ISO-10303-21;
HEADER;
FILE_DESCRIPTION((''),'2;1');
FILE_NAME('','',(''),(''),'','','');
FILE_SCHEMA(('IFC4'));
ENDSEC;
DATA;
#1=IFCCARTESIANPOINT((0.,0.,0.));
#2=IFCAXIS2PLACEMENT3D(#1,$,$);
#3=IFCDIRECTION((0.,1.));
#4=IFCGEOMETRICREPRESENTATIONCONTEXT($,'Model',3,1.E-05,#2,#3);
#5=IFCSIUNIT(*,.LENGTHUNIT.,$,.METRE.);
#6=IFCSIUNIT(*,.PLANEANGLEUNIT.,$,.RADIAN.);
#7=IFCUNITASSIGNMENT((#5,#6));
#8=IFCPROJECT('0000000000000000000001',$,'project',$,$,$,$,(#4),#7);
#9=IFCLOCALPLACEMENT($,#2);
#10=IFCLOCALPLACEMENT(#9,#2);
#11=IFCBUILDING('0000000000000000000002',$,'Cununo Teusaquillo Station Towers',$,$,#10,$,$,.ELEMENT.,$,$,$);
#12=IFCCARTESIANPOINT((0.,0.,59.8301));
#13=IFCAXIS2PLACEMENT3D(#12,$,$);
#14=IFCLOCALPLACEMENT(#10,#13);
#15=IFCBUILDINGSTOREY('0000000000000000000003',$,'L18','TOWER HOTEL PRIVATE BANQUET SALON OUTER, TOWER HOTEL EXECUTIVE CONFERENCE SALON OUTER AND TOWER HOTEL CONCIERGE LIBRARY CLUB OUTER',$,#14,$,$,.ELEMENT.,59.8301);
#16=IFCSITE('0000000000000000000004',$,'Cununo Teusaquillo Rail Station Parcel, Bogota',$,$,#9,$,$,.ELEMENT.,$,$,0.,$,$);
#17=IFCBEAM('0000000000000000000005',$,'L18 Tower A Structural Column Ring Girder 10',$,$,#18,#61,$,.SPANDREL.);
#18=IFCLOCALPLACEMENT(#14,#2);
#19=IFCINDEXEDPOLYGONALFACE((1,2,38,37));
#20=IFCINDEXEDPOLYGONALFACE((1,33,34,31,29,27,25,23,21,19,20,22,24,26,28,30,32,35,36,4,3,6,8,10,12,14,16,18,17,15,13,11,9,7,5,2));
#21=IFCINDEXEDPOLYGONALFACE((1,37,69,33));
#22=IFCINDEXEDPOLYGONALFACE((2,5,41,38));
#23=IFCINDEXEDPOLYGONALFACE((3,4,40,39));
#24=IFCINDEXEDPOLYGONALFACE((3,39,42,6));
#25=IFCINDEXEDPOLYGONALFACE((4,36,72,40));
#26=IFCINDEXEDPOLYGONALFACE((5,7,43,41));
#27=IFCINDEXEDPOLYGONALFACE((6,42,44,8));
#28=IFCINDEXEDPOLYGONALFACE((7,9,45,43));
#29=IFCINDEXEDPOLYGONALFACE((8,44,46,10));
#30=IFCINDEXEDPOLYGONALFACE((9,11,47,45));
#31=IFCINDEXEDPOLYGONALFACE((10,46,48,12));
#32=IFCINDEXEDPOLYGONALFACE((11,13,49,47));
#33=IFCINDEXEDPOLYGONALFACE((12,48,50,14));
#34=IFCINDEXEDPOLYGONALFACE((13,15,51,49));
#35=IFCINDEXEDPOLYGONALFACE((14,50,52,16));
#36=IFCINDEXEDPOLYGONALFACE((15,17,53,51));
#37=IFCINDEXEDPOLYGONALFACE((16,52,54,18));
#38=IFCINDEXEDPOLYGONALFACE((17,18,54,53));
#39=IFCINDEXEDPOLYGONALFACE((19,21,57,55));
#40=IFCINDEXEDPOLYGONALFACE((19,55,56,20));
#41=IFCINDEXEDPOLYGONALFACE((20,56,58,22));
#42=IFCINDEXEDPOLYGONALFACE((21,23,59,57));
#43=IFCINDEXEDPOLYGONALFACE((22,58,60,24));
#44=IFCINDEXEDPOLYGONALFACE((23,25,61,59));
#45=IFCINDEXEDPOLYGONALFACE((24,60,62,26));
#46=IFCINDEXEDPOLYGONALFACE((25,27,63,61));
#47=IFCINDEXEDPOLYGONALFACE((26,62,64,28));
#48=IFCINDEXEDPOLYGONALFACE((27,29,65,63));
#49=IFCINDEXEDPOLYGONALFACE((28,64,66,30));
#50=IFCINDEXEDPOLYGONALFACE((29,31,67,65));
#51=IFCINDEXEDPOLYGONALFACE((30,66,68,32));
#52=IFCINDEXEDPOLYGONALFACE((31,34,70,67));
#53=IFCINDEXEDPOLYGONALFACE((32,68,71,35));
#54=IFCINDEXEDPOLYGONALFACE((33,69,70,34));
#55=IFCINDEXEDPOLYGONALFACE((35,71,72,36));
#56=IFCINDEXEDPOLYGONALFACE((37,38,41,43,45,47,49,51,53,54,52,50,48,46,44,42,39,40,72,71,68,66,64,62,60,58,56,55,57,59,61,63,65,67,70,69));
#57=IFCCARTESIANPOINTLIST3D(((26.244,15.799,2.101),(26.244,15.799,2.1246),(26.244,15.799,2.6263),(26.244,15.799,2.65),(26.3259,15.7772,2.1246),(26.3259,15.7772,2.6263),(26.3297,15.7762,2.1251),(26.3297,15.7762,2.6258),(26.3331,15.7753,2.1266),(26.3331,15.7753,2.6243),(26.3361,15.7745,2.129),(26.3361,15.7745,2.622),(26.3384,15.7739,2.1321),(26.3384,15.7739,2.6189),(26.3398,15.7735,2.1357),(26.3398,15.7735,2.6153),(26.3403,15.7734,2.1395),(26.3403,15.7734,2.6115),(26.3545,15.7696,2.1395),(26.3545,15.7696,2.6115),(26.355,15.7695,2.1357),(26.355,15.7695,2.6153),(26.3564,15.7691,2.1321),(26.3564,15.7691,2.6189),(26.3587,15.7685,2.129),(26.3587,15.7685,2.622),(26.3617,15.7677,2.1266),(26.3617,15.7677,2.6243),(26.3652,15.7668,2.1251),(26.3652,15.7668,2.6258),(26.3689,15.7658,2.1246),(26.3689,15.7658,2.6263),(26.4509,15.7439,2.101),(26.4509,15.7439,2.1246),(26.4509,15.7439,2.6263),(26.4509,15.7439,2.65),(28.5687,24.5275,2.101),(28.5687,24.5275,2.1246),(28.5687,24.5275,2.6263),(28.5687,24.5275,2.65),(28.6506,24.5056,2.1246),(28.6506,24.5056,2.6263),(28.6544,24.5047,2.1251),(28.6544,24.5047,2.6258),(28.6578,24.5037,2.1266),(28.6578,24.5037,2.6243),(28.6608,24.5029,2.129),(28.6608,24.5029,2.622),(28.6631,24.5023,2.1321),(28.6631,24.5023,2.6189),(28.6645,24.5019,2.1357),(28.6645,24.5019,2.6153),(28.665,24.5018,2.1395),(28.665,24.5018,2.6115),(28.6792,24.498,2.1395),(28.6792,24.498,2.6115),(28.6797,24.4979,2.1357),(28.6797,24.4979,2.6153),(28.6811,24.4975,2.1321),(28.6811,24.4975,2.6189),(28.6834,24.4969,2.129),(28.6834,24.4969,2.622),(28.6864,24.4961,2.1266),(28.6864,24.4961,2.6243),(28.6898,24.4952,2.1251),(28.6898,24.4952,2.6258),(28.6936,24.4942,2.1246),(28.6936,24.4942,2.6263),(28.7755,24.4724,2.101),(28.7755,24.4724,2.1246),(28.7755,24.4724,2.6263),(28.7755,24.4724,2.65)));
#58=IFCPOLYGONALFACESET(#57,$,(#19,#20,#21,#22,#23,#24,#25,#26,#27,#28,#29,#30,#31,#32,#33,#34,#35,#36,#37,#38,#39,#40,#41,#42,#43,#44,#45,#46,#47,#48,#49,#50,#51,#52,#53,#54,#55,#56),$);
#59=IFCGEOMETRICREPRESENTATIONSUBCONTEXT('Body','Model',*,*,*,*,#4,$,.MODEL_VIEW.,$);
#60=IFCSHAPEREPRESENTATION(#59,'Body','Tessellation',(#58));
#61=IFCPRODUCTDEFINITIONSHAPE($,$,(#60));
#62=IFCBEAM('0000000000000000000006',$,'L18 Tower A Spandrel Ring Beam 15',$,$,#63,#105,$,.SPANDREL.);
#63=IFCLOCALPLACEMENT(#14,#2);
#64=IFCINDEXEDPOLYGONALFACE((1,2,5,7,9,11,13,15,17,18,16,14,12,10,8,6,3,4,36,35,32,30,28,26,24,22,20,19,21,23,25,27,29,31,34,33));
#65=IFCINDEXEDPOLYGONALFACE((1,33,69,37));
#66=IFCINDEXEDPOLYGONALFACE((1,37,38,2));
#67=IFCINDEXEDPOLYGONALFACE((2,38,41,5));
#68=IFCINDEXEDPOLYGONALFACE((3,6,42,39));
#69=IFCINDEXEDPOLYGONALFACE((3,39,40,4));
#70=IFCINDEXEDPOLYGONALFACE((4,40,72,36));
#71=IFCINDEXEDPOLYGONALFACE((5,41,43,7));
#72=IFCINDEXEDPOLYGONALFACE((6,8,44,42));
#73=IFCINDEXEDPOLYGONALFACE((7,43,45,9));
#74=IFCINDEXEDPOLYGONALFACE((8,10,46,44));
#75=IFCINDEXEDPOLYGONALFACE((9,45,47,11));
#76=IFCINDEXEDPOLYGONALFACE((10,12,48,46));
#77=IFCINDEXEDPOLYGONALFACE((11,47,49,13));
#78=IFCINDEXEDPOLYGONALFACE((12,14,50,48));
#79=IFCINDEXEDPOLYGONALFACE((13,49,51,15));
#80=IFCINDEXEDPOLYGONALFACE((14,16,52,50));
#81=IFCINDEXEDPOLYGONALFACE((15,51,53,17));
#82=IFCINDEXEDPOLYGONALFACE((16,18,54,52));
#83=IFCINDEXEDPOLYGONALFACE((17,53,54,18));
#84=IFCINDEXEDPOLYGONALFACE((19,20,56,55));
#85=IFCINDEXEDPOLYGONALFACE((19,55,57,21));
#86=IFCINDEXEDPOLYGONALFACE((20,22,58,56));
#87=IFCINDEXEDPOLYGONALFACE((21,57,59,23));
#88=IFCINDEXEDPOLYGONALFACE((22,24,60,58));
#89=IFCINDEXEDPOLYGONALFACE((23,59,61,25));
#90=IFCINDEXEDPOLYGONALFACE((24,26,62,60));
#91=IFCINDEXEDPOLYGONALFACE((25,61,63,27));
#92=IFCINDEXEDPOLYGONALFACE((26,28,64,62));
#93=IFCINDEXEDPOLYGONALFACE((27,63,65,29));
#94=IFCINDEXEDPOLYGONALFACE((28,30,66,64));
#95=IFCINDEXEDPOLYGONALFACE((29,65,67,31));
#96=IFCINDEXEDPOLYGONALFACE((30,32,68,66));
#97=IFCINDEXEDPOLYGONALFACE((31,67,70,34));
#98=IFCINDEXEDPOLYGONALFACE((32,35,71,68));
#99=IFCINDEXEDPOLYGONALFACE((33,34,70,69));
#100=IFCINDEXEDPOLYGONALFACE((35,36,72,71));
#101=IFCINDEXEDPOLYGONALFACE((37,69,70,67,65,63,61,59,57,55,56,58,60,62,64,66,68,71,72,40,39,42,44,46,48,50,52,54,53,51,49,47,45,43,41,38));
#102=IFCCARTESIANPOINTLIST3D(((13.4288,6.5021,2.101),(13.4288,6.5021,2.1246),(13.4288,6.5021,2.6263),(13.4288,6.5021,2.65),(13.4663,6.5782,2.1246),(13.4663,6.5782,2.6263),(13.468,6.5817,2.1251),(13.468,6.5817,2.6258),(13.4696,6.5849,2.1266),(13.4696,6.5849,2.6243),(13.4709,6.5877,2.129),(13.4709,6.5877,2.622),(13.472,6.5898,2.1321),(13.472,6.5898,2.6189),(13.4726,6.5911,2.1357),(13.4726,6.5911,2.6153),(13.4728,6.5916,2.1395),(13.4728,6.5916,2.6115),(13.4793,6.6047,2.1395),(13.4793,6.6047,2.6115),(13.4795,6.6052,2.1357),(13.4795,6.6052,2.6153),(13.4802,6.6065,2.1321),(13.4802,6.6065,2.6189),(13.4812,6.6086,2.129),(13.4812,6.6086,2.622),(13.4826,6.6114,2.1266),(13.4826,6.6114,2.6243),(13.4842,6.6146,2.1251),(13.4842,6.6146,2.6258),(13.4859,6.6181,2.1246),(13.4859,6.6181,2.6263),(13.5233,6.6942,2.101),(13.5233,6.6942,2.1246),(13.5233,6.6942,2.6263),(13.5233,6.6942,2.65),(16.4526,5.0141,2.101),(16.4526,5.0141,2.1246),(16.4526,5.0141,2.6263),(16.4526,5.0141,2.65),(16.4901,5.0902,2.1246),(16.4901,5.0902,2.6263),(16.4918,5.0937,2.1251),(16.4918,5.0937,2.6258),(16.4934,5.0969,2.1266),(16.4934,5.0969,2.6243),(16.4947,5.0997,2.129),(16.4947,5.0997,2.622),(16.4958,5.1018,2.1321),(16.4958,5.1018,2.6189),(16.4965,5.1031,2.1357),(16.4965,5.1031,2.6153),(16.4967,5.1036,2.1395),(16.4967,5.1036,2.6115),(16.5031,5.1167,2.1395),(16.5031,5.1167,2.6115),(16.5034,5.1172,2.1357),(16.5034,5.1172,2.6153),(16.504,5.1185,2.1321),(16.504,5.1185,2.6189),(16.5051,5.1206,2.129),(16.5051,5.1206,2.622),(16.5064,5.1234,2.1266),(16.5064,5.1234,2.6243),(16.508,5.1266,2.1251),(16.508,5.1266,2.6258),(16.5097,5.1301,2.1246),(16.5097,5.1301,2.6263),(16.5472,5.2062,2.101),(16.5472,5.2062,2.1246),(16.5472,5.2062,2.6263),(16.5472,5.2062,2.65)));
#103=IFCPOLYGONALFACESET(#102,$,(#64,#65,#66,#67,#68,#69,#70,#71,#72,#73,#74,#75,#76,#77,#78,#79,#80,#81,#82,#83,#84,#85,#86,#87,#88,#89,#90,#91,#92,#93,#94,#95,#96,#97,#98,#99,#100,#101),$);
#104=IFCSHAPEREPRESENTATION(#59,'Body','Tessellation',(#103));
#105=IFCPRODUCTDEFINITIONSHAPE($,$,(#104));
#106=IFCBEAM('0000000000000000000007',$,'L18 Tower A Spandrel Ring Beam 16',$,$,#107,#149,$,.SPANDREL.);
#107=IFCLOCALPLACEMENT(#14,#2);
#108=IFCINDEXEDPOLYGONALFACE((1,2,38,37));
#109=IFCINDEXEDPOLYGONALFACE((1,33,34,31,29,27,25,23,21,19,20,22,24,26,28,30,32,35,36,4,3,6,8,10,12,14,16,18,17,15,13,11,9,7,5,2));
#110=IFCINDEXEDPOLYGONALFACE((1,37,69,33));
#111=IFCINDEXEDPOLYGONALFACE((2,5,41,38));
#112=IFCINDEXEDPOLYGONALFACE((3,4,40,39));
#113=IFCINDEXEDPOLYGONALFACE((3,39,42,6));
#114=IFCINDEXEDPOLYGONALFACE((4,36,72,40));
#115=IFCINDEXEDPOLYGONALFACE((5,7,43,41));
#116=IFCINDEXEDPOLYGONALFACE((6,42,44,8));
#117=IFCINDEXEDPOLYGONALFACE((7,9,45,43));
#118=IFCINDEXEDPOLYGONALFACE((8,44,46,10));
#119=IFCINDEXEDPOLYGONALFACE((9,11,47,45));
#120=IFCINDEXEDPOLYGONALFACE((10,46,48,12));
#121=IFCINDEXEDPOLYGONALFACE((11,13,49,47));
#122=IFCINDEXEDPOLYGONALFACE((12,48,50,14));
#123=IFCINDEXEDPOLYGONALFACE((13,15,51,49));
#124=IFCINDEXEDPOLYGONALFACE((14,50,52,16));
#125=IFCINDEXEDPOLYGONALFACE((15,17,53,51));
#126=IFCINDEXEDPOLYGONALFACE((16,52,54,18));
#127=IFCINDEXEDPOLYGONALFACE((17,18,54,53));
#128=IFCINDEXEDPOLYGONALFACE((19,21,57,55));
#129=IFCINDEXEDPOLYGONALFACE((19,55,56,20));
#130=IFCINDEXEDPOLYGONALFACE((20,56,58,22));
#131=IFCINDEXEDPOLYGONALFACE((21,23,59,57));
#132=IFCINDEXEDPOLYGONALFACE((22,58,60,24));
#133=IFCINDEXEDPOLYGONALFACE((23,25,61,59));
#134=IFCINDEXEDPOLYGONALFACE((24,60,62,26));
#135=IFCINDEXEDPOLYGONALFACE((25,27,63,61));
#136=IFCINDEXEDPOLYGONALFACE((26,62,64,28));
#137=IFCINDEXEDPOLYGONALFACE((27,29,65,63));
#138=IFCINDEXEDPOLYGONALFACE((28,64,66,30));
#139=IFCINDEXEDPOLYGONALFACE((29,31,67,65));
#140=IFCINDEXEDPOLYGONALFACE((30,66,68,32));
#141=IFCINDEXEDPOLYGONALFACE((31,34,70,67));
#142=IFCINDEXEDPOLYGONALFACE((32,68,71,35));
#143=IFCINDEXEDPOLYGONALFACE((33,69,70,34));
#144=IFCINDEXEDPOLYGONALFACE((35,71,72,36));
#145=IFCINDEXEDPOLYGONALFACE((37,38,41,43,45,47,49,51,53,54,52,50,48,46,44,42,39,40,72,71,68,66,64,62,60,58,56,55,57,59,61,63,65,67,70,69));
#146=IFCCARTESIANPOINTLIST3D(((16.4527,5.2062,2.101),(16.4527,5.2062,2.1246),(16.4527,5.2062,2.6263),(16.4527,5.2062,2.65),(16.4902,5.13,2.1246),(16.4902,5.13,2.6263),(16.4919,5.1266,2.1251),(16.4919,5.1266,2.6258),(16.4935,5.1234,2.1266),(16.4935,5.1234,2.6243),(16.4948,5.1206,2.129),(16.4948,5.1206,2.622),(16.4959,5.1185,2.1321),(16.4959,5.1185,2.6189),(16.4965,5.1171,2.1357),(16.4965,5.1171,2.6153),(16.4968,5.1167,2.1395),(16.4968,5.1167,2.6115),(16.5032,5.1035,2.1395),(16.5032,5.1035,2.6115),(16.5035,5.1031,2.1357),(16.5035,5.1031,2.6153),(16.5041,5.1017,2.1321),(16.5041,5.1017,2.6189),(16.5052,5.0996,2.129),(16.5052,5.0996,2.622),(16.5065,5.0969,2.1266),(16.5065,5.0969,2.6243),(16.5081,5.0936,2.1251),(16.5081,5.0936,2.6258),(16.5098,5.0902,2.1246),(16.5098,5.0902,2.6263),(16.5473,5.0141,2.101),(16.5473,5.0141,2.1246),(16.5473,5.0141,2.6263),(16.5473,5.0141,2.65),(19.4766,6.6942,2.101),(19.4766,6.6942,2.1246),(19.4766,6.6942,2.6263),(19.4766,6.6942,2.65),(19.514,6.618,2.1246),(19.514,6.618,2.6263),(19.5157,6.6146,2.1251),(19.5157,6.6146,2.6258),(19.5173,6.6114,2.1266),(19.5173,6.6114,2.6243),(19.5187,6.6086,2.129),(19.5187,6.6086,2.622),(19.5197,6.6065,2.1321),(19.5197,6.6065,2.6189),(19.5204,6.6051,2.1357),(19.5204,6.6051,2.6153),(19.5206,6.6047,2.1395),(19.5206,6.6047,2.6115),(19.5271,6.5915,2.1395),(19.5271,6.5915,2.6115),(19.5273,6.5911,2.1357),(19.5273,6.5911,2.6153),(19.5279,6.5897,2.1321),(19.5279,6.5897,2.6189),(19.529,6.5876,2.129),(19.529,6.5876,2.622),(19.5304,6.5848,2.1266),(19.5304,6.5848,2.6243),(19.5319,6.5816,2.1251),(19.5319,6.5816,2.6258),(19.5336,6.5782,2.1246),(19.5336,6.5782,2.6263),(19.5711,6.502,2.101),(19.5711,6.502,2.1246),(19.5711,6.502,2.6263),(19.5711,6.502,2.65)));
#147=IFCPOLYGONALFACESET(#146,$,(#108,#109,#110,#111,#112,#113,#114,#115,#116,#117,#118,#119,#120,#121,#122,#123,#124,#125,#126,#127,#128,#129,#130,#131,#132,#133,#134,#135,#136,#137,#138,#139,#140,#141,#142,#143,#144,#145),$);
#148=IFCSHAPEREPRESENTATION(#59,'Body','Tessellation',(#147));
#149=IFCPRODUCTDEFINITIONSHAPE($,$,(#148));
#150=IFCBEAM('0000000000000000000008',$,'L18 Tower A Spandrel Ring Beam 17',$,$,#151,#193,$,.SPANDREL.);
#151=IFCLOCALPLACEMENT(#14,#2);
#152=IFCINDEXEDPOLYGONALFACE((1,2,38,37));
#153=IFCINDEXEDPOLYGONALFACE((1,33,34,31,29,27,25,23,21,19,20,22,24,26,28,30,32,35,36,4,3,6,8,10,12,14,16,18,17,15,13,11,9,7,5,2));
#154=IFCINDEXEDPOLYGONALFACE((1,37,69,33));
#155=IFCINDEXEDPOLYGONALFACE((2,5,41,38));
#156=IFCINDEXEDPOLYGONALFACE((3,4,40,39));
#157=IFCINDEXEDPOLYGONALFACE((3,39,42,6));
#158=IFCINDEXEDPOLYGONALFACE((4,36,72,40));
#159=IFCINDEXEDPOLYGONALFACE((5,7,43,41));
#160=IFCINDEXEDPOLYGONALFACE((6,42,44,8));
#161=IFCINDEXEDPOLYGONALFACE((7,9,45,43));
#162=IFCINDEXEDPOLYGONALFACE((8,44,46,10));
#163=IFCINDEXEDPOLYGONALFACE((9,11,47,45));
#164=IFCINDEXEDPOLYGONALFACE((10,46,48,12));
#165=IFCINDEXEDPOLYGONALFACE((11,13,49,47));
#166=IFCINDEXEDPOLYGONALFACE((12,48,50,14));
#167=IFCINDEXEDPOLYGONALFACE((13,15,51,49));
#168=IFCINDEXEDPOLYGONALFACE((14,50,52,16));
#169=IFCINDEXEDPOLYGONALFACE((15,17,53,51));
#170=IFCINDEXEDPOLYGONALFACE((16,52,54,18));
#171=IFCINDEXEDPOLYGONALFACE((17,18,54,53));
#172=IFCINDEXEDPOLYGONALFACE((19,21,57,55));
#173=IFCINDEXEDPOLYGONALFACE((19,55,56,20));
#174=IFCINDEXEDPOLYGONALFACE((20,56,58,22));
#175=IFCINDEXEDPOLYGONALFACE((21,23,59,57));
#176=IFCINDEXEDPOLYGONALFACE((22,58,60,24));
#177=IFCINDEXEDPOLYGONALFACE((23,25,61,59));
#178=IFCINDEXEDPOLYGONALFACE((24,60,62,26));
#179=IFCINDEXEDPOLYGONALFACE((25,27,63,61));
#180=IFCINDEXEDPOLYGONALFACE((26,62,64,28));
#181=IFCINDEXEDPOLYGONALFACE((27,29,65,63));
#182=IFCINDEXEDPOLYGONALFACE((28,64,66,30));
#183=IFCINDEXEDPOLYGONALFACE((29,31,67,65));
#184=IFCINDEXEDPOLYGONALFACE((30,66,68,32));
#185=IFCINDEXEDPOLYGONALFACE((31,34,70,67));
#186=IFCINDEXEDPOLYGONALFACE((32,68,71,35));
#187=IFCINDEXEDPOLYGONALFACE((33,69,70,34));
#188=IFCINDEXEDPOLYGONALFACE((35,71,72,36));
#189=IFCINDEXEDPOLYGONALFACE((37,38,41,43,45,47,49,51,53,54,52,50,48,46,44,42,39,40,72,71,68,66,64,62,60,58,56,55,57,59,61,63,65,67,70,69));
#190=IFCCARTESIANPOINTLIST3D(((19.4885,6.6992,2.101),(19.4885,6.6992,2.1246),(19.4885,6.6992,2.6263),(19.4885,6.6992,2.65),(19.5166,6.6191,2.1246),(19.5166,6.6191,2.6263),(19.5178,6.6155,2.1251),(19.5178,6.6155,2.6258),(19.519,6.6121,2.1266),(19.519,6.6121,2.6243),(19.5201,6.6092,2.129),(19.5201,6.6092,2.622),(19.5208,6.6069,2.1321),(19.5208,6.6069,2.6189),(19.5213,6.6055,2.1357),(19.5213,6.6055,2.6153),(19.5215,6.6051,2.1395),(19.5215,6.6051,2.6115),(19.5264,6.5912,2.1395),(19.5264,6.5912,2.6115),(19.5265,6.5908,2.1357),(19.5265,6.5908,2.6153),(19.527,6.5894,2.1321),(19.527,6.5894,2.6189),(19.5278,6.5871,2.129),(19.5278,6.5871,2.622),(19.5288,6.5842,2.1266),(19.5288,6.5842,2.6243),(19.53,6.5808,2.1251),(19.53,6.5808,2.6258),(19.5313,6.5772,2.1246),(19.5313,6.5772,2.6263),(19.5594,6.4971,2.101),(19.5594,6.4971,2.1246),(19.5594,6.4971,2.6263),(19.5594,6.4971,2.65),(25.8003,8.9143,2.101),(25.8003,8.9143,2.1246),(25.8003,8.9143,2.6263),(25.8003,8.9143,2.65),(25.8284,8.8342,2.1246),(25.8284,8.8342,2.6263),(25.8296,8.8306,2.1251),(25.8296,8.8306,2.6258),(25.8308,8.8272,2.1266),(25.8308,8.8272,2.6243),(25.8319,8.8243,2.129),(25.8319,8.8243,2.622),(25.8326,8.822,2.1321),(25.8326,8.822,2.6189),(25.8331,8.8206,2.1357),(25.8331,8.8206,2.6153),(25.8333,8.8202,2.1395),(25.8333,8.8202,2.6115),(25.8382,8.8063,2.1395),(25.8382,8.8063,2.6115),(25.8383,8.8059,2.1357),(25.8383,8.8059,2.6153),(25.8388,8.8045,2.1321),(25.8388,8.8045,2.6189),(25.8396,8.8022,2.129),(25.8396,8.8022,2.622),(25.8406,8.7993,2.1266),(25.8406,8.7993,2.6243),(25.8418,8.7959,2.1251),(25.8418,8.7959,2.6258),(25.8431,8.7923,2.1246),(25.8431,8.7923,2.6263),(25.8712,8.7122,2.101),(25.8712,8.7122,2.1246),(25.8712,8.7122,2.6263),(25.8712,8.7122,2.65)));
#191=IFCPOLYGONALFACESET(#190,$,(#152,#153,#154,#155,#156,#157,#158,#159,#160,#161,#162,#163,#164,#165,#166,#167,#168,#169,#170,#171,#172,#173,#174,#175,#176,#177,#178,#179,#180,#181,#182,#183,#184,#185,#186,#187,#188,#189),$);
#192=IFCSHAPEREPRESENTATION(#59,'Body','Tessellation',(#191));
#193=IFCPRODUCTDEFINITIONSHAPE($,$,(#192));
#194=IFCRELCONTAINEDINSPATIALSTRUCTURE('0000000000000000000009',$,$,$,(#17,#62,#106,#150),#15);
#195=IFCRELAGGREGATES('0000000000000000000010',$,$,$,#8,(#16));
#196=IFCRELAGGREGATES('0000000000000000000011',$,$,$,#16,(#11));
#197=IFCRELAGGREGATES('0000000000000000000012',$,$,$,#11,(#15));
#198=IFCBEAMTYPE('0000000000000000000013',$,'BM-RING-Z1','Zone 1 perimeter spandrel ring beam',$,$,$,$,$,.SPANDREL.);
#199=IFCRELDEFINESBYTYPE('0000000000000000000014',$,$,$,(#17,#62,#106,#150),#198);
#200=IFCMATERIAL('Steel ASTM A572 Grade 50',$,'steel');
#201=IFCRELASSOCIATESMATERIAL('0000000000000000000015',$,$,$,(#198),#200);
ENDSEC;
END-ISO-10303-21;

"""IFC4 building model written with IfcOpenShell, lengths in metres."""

from ifc_helpers import new_model, si_unit, direction, frame, origin, origin_2d, place, context, subcontext, project, spatial, i_section, extrude, material, material_profile, profile_set, type_object, element, save


model = new_model("IFC4")

# Units and contexts
model_context = context("Model", 3, precision=1e-05, world=origin(), true_north=direction((0.0, 1.0)))
body_context = subcontext(model_context, "Body", "Model", "MODEL_VIEW")
ifc_project = project(units=[si_unit("LENGTHUNIT", "METRE"), si_unit("PLANEANGLEUNIT", "RADIAN")], contexts=[model_context])

# Site, building, storey
site_placement = place(None, origin())
site = spatial("IfcSite", under=ifc_project, at=site_placement, Name="Cununo Teusaquillo Rail Station Parcel, Bogota", CompositionType="ELEMENT", RefElevation=0.0)
building_placement = place(site_placement, origin())
building = spatial("IfcBuilding", under=site, at=building_placement, Name="Cununo Teusaquillo Station Towers", CompositionType="ELEMENT")
storey_placement = place(building_placement, frame((0.0, 0.0, 59.8301)))
storey = spatial("IfcBuildingStorey", under=building, at=storey_placement, Name="L18", Description="TOWER HOTEL PRIVATE BANQUET SALON OUTER, TOWER HOTEL EXECUTIVE CONFERENCE SALON OUTER AND TOWER HOTEL CONCIERGE LIBRARY CLUB OUTER", CompositionType="ELEMENT", Elevation=59.8301)

# Beams
ifc_material_1 = material(Name="Steel ASTM A572 Grade 50", Category="steel")
ifc_material_profile_1 = material_profile(ifc_material_1, i_section(OverallWidth=0.2141, OverallDepth=0.5491, WebThickness=0.0146, FlangeThickness=0.0237, FilletRadius=0.0149, at=origin_2d()), Name="W21X93")
ifc_profile_set_1 = profile_set([ifc_material_profile_1], Name="Steel ASTM A572 Grade 50")
beam_type = type_object("IfcBeamType", Name="BM-RING-Z1", Description="Zone 1 perimeter spandrel ring beam", PredefinedType="SPANDREL", material=ifc_profile_set_1)
beam_1_placement = place(storey_placement, frame((26.3474, 15.7715, 2.3755), z_axis=(0.257363, 0.966315, 0.0), x_axis=(-0.966315, 0.257363, 0.0)))
element("IfcBeam", 1, at=beam_1_placement, inside=storey, type_object=beam_type, Name="L18 Tower A Structural Column Ring Girder 10", PredefinedType="SPANDREL", context=body_context, shape_type="SweptSolid", body=[
    extrude(i_section(OverallWidth=0.2141, OverallDepth=0.5491, WebThickness=0.0146, FlangeThickness=0.0237, FilletRadius=0.0149, at=origin_2d()), origin(), (0.0, 0.0, 1.0), 9.0327),
])
for number, where, z_axis, x_axis, name in (
    (2, (13.4761, 6.5981, 2.3755), (0.897249, -0.441525, 0.0), (0.441525, 0.897249, 0.0), "L18 Tower A Spandrel Ring Beam 15"),
    (3, (16.5, 5.1101, 2.3755), (0.897249, 0.441525, 0.0), (-0.441525, 0.897249, 0.0), "L18 Tower A Spandrel Ring Beam 16"),
):
    element("IfcBeam", number, at=place(storey_placement, frame(where, z_axis=z_axis, x_axis=x_axis)), inside=storey, type_object=beam_type, Name=name, PredefinedType="SPANDREL", context=body_context, shape_type="SweptSolid", body=[
        extrude(i_section(OverallWidth=0.2141, OverallDepth=0.5491, WebThickness=0.0146, FlangeThickness=0.0237, FilletRadius=0.0149, at=origin_2d()), origin(), (0.0, 0.0, 1.0), 3.3701),
    ])
beam_2_placement = place(storey_placement, frame((19.5239, 6.5981, 2.3755), z_axis=(0.94358, 0.331145, 0.0), x_axis=(-0.331145, 0.94358, 0.0)))
element("IfcBeam", 4, at=beam_2_placement, inside=storey, type_object=beam_type, Name="L18 Tower A Spandrel Ring Beam 17", PredefinedType="SPANDREL", context=body_context, shape_type="SweptSolid", body=[
    extrude(i_section(OverallWidth=0.2141, OverallDepth=0.5491, WebThickness=0.0146, FlangeThickness=0.0237, FilletRadius=0.0149, at=origin_2d()), origin(), (0.0, 0.0, 1.0), 6.6892),
])

save(model, "model.ifc")
